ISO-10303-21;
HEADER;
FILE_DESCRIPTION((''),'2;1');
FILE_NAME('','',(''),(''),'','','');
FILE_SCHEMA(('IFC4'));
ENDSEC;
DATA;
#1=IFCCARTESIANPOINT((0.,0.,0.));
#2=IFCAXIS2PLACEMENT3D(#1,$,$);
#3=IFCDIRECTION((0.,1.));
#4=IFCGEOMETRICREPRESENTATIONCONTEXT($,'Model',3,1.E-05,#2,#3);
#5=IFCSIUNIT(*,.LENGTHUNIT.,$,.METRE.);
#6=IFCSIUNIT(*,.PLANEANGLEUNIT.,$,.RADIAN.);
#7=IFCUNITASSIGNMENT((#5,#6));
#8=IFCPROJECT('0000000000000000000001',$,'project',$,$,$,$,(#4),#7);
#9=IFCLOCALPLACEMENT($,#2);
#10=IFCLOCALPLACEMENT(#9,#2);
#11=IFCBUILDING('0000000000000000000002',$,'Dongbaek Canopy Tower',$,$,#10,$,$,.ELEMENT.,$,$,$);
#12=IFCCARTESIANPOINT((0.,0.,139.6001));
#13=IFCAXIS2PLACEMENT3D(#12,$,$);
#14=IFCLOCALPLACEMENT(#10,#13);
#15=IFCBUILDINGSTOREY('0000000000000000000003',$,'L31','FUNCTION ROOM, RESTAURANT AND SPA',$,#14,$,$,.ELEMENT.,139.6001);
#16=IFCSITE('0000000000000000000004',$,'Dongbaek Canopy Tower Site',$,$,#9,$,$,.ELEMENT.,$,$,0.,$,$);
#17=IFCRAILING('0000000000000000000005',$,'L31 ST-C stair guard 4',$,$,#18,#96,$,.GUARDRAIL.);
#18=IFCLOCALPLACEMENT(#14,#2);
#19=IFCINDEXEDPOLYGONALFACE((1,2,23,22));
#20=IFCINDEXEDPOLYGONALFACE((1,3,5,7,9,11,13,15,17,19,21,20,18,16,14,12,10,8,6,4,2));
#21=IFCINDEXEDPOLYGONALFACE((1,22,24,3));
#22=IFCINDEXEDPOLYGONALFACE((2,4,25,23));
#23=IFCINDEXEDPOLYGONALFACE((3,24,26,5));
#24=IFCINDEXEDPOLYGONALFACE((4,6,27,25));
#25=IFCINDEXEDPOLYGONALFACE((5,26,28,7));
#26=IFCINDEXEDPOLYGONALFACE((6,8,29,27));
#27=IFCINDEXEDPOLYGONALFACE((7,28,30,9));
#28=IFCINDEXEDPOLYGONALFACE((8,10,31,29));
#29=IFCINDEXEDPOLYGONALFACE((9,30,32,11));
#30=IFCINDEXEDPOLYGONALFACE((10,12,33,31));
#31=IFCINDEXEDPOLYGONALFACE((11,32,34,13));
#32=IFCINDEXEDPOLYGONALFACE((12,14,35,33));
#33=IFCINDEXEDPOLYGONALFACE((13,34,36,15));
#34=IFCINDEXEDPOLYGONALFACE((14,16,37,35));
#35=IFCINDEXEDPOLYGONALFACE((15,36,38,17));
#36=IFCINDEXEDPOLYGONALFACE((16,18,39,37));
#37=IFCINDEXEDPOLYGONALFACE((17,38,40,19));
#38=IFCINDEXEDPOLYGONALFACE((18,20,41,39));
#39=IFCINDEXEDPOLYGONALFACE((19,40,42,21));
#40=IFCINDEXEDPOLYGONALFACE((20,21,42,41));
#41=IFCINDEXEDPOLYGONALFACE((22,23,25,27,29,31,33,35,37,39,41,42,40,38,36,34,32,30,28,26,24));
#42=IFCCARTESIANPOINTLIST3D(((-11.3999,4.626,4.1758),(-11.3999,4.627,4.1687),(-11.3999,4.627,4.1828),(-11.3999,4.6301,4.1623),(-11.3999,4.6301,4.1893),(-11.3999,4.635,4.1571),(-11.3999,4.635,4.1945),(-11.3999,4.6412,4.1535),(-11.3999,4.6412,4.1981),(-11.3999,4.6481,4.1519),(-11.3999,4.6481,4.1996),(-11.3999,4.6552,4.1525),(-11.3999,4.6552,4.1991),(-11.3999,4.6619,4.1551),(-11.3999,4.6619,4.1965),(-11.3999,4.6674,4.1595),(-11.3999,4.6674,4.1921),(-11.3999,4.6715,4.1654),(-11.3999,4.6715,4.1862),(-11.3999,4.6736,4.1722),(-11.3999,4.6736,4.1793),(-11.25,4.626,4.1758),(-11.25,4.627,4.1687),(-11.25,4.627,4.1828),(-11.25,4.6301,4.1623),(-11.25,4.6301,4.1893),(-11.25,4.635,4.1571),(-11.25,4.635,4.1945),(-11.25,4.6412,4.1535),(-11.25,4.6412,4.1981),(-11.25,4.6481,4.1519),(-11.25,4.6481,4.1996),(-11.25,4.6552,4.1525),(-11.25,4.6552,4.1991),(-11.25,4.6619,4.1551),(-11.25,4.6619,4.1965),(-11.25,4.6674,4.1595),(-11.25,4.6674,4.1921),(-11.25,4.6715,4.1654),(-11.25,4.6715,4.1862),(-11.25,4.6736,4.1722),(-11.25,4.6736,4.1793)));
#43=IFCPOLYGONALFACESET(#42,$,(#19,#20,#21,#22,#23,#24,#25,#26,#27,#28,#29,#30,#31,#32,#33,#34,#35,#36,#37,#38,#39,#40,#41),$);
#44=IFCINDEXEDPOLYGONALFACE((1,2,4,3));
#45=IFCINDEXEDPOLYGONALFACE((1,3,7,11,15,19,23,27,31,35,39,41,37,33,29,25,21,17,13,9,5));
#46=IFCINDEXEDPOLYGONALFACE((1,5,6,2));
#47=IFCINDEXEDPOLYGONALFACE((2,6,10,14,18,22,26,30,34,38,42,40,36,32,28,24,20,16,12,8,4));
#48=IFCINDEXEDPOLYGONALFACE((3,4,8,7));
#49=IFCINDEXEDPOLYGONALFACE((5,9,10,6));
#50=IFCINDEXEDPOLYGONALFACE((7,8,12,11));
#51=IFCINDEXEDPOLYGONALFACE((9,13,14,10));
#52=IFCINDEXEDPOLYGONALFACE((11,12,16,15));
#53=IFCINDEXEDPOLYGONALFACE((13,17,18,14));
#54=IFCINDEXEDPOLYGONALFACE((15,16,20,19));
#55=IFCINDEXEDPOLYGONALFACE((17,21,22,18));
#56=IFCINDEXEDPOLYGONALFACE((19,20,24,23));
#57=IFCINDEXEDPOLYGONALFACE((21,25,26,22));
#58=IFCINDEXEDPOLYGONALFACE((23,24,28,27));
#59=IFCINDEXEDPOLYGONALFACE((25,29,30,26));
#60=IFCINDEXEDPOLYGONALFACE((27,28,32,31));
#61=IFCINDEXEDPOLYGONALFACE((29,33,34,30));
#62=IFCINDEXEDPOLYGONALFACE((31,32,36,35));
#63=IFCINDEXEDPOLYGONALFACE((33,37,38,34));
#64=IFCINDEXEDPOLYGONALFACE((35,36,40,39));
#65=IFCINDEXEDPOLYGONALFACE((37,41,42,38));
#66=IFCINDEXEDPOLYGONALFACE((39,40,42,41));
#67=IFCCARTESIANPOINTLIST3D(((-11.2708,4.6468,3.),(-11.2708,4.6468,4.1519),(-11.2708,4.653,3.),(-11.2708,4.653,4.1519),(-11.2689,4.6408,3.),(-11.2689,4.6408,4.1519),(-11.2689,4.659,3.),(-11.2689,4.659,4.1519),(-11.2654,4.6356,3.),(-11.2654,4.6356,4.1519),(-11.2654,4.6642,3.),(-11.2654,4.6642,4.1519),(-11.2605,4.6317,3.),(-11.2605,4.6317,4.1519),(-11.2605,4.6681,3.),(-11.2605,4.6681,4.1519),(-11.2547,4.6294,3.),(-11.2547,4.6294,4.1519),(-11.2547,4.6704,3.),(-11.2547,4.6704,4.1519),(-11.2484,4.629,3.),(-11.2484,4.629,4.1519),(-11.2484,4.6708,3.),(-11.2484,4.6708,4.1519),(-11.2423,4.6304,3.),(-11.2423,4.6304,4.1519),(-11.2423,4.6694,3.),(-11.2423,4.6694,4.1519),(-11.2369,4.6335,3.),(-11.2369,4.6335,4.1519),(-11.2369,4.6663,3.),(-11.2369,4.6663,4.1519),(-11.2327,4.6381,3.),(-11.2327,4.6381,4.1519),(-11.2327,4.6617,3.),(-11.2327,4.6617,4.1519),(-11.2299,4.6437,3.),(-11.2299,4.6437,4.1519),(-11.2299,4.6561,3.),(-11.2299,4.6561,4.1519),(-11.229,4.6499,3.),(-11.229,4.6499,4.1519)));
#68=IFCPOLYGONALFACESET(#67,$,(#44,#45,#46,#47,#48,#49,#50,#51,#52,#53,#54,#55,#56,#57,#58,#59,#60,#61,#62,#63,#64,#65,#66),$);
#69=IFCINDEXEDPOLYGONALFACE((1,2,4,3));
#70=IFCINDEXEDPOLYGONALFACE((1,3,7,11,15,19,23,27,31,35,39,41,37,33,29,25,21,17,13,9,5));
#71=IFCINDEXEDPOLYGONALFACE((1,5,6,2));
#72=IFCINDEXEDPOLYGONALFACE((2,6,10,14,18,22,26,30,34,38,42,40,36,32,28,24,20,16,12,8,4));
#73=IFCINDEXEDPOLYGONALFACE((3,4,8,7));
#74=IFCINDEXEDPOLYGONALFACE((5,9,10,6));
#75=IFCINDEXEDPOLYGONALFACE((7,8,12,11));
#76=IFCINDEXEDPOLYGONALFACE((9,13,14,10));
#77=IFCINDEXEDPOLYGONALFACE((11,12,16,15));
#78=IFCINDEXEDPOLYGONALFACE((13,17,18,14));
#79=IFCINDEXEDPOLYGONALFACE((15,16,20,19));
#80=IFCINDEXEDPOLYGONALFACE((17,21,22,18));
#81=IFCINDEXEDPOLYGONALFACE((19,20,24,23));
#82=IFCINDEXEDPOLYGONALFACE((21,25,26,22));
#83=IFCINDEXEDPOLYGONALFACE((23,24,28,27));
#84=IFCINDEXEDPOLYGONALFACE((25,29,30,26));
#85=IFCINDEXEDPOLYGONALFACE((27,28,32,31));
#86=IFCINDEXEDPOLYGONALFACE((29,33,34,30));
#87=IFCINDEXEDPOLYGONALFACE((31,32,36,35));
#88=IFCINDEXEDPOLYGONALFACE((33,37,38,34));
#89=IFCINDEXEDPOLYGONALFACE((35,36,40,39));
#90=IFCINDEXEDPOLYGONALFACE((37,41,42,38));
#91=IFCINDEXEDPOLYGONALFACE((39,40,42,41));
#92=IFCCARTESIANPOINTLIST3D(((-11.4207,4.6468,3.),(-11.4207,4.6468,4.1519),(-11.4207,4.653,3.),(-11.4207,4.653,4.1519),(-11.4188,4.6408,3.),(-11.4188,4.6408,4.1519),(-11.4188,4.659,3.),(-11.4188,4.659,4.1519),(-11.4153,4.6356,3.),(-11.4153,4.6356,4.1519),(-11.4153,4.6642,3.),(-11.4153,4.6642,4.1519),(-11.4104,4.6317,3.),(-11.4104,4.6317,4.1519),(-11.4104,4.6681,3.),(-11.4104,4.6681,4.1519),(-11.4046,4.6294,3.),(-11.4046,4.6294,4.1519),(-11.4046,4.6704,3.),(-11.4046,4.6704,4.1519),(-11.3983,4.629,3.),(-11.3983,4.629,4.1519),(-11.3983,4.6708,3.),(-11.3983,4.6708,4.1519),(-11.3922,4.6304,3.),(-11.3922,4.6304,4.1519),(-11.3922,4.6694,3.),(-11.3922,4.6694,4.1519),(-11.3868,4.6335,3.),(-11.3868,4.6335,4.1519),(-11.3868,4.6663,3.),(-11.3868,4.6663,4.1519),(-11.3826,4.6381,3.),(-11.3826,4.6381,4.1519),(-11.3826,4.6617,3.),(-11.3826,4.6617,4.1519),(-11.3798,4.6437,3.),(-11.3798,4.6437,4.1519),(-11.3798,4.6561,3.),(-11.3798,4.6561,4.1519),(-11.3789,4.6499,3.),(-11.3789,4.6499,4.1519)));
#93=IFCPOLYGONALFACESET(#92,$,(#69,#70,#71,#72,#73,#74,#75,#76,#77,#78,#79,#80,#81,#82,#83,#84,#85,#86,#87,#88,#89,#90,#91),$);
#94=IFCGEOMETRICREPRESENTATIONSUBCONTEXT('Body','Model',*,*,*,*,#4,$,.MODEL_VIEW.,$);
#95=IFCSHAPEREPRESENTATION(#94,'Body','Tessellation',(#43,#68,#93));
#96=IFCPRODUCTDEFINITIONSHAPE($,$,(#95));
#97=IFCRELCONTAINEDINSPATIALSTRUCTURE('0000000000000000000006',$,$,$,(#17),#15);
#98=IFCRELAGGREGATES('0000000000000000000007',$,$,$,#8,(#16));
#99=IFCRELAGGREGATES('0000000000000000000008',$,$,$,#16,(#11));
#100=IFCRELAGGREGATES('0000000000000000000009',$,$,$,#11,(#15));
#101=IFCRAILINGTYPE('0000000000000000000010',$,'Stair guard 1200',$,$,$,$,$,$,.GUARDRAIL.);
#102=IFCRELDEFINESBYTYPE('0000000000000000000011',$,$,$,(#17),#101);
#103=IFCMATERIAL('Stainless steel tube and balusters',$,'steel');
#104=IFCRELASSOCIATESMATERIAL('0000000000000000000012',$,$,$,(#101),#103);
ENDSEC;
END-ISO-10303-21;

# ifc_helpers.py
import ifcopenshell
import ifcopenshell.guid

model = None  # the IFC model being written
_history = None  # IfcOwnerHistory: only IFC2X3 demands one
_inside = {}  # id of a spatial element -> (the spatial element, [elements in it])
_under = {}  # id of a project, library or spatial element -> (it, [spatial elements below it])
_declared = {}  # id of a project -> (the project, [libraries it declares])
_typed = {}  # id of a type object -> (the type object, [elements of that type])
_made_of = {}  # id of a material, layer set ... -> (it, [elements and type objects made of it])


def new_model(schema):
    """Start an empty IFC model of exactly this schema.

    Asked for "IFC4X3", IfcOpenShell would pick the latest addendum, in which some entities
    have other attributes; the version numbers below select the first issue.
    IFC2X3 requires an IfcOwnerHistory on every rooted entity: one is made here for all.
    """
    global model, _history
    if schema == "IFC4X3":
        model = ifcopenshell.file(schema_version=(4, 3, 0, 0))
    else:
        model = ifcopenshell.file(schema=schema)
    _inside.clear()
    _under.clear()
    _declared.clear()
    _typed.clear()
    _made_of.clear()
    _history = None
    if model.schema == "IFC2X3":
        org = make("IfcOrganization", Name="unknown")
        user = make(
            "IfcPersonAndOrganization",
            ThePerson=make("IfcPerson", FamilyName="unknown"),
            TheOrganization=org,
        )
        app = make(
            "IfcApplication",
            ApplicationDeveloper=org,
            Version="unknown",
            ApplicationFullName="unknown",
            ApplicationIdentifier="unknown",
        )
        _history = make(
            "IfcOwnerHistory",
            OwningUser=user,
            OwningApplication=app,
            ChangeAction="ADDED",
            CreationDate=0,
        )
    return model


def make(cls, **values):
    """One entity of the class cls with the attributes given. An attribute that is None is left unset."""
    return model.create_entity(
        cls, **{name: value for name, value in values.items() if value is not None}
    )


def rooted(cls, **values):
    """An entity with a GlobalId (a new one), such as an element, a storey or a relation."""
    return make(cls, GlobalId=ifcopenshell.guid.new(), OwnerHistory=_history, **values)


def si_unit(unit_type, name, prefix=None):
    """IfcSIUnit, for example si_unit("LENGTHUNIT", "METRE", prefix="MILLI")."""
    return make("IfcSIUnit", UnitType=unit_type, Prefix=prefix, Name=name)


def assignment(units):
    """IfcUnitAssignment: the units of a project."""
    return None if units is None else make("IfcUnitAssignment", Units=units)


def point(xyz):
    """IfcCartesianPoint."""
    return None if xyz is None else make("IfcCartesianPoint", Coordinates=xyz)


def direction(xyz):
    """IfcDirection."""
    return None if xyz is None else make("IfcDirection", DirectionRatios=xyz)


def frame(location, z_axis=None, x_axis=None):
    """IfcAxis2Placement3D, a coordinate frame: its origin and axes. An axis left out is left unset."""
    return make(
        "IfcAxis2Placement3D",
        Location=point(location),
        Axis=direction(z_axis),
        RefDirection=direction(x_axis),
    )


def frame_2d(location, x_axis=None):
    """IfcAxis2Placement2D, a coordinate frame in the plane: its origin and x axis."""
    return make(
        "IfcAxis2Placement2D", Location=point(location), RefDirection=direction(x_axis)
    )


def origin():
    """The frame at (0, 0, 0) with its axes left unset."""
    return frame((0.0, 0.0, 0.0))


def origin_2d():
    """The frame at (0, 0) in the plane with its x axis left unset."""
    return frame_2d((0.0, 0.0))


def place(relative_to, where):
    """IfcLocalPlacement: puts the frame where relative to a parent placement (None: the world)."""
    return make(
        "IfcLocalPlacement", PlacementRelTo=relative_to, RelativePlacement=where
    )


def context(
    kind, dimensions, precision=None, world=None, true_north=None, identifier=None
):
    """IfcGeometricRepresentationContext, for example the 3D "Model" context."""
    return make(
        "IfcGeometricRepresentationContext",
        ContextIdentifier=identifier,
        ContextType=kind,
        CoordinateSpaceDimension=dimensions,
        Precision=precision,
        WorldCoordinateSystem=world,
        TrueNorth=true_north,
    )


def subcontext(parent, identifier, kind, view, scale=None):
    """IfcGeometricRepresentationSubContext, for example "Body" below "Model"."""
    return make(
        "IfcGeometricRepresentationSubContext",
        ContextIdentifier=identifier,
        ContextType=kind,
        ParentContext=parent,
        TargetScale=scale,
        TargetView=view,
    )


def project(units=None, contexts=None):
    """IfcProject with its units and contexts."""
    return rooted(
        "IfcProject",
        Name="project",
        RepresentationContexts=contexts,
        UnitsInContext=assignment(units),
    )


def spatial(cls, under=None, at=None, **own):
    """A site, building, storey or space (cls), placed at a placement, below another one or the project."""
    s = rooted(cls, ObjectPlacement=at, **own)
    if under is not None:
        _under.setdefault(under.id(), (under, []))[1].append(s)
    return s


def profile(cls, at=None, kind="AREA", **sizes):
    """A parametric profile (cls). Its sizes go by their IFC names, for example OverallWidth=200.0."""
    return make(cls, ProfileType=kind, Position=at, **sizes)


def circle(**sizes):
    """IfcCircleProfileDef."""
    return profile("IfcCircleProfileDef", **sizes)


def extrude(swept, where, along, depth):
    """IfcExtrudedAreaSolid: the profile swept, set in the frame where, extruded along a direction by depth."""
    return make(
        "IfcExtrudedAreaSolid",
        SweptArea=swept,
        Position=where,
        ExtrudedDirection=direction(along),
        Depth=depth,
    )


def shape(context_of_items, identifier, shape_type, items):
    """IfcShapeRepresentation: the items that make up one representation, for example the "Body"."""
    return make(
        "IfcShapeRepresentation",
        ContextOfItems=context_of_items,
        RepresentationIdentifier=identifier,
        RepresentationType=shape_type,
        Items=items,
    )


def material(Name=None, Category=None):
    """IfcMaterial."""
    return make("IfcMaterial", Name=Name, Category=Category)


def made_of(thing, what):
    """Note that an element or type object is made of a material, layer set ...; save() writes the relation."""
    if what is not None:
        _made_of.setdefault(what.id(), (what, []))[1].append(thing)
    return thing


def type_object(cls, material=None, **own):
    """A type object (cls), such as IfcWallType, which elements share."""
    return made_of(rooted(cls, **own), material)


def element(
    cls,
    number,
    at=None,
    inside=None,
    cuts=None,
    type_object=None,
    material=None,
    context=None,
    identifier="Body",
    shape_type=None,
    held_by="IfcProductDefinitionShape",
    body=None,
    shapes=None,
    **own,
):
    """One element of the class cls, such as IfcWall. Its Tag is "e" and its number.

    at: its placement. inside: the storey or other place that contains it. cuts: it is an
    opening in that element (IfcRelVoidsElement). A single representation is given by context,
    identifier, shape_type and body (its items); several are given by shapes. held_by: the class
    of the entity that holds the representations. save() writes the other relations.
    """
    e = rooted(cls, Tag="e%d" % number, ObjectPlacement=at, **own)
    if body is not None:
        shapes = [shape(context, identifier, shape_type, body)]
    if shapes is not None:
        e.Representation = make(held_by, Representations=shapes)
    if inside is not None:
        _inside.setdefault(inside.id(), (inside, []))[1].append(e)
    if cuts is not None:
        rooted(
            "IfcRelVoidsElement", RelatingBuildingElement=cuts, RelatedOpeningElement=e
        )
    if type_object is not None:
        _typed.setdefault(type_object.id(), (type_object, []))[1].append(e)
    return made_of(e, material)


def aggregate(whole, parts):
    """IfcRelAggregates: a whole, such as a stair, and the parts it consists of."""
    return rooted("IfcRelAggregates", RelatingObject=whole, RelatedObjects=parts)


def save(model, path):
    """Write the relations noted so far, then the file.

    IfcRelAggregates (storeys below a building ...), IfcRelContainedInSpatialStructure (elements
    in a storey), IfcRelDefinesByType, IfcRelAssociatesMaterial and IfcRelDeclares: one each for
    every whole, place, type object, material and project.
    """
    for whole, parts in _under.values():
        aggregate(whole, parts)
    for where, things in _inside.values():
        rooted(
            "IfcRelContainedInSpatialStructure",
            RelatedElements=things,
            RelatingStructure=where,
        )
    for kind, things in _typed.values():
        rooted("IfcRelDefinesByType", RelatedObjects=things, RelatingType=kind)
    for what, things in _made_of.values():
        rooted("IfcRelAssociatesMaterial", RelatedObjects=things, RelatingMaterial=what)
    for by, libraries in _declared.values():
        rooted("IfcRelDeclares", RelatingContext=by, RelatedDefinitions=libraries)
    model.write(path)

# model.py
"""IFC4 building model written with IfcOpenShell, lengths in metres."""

from ifc_helpers import new_model, si_unit, direction, frame, origin, origin_2d, place, context, subcontext, project, spatial, circle, extrude, material, type_object, element, save


model = new_model("IFC4")

# Units and contexts
model_context = context("Model", 3, precision=1e-05, world=origin(), true_north=direction((0.0, 1.0)))
body_context = subcontext(model_context, "Body", "Model", "MODEL_VIEW")
ifc_project = project(units=[si_unit("LENGTHUNIT", "METRE"), si_unit("PLANEANGLEUNIT", "RADIAN")], contexts=[model_context])

# Site, building, storey
site_placement = place(None, origin())
site = spatial("IfcSite", under=ifc_project, at=site_placement, Name="Dongbaek Canopy Tower Site", CompositionType="ELEMENT", RefElevation=0.0)
building_placement = place(site_placement, origin())
building = spatial("IfcBuilding", under=site, at=building_placement, Name="Dongbaek Canopy Tower", CompositionType="ELEMENT")
storey_placement = place(building_placement, frame((0.0, 0.0, 139.6001)))
storey = spatial("IfcBuildingStorey", under=building, at=storey_placement, Name="L31", Description="FUNCTION ROOM, RESTAURANT AND SPA", CompositionType="ELEMENT", Elevation=139.6001)

# Railing
ifc_material_1 = material(Name="Stainless steel tube and balusters", Category="steel")
railing_type_1 = type_object("IfcRailingType", Name="Stair guard 1200", PredefinedType="GUARDRAIL", material=ifc_material_1)
railing_1_placement = place(storey_placement, frame((-11.25, 4.6499, 3.0)))
element("IfcRailing", 1, at=railing_1_placement, inside=storey, type_object=railing_type_1, Name="L31 ST-C stair guard 4", PredefinedType="GUARDRAIL", context=body_context, shape_type="SweptSolid", body=[
    extrude(circle(Radius=0.0239, at=origin_2d()), frame((0.0, 0.0, 1.1758), z_axis=(-1.0, 0.0, 0.0), x_axis=(0.0, -1.0, 0.0)), (0.0, 0.0, 1.0), 0.1499),
    extrude(circle(Radius=0.021, at=origin_2d()), origin(), (0.0, 0.0, 1.0), 1.1519),
    extrude(circle(Radius=0.021, at=origin_2d()), frame((-0.1499, 0.0, 0.0)), (0.0, 0.0, 1.0), 1.1519),
])

save(model, "model.ifc")
